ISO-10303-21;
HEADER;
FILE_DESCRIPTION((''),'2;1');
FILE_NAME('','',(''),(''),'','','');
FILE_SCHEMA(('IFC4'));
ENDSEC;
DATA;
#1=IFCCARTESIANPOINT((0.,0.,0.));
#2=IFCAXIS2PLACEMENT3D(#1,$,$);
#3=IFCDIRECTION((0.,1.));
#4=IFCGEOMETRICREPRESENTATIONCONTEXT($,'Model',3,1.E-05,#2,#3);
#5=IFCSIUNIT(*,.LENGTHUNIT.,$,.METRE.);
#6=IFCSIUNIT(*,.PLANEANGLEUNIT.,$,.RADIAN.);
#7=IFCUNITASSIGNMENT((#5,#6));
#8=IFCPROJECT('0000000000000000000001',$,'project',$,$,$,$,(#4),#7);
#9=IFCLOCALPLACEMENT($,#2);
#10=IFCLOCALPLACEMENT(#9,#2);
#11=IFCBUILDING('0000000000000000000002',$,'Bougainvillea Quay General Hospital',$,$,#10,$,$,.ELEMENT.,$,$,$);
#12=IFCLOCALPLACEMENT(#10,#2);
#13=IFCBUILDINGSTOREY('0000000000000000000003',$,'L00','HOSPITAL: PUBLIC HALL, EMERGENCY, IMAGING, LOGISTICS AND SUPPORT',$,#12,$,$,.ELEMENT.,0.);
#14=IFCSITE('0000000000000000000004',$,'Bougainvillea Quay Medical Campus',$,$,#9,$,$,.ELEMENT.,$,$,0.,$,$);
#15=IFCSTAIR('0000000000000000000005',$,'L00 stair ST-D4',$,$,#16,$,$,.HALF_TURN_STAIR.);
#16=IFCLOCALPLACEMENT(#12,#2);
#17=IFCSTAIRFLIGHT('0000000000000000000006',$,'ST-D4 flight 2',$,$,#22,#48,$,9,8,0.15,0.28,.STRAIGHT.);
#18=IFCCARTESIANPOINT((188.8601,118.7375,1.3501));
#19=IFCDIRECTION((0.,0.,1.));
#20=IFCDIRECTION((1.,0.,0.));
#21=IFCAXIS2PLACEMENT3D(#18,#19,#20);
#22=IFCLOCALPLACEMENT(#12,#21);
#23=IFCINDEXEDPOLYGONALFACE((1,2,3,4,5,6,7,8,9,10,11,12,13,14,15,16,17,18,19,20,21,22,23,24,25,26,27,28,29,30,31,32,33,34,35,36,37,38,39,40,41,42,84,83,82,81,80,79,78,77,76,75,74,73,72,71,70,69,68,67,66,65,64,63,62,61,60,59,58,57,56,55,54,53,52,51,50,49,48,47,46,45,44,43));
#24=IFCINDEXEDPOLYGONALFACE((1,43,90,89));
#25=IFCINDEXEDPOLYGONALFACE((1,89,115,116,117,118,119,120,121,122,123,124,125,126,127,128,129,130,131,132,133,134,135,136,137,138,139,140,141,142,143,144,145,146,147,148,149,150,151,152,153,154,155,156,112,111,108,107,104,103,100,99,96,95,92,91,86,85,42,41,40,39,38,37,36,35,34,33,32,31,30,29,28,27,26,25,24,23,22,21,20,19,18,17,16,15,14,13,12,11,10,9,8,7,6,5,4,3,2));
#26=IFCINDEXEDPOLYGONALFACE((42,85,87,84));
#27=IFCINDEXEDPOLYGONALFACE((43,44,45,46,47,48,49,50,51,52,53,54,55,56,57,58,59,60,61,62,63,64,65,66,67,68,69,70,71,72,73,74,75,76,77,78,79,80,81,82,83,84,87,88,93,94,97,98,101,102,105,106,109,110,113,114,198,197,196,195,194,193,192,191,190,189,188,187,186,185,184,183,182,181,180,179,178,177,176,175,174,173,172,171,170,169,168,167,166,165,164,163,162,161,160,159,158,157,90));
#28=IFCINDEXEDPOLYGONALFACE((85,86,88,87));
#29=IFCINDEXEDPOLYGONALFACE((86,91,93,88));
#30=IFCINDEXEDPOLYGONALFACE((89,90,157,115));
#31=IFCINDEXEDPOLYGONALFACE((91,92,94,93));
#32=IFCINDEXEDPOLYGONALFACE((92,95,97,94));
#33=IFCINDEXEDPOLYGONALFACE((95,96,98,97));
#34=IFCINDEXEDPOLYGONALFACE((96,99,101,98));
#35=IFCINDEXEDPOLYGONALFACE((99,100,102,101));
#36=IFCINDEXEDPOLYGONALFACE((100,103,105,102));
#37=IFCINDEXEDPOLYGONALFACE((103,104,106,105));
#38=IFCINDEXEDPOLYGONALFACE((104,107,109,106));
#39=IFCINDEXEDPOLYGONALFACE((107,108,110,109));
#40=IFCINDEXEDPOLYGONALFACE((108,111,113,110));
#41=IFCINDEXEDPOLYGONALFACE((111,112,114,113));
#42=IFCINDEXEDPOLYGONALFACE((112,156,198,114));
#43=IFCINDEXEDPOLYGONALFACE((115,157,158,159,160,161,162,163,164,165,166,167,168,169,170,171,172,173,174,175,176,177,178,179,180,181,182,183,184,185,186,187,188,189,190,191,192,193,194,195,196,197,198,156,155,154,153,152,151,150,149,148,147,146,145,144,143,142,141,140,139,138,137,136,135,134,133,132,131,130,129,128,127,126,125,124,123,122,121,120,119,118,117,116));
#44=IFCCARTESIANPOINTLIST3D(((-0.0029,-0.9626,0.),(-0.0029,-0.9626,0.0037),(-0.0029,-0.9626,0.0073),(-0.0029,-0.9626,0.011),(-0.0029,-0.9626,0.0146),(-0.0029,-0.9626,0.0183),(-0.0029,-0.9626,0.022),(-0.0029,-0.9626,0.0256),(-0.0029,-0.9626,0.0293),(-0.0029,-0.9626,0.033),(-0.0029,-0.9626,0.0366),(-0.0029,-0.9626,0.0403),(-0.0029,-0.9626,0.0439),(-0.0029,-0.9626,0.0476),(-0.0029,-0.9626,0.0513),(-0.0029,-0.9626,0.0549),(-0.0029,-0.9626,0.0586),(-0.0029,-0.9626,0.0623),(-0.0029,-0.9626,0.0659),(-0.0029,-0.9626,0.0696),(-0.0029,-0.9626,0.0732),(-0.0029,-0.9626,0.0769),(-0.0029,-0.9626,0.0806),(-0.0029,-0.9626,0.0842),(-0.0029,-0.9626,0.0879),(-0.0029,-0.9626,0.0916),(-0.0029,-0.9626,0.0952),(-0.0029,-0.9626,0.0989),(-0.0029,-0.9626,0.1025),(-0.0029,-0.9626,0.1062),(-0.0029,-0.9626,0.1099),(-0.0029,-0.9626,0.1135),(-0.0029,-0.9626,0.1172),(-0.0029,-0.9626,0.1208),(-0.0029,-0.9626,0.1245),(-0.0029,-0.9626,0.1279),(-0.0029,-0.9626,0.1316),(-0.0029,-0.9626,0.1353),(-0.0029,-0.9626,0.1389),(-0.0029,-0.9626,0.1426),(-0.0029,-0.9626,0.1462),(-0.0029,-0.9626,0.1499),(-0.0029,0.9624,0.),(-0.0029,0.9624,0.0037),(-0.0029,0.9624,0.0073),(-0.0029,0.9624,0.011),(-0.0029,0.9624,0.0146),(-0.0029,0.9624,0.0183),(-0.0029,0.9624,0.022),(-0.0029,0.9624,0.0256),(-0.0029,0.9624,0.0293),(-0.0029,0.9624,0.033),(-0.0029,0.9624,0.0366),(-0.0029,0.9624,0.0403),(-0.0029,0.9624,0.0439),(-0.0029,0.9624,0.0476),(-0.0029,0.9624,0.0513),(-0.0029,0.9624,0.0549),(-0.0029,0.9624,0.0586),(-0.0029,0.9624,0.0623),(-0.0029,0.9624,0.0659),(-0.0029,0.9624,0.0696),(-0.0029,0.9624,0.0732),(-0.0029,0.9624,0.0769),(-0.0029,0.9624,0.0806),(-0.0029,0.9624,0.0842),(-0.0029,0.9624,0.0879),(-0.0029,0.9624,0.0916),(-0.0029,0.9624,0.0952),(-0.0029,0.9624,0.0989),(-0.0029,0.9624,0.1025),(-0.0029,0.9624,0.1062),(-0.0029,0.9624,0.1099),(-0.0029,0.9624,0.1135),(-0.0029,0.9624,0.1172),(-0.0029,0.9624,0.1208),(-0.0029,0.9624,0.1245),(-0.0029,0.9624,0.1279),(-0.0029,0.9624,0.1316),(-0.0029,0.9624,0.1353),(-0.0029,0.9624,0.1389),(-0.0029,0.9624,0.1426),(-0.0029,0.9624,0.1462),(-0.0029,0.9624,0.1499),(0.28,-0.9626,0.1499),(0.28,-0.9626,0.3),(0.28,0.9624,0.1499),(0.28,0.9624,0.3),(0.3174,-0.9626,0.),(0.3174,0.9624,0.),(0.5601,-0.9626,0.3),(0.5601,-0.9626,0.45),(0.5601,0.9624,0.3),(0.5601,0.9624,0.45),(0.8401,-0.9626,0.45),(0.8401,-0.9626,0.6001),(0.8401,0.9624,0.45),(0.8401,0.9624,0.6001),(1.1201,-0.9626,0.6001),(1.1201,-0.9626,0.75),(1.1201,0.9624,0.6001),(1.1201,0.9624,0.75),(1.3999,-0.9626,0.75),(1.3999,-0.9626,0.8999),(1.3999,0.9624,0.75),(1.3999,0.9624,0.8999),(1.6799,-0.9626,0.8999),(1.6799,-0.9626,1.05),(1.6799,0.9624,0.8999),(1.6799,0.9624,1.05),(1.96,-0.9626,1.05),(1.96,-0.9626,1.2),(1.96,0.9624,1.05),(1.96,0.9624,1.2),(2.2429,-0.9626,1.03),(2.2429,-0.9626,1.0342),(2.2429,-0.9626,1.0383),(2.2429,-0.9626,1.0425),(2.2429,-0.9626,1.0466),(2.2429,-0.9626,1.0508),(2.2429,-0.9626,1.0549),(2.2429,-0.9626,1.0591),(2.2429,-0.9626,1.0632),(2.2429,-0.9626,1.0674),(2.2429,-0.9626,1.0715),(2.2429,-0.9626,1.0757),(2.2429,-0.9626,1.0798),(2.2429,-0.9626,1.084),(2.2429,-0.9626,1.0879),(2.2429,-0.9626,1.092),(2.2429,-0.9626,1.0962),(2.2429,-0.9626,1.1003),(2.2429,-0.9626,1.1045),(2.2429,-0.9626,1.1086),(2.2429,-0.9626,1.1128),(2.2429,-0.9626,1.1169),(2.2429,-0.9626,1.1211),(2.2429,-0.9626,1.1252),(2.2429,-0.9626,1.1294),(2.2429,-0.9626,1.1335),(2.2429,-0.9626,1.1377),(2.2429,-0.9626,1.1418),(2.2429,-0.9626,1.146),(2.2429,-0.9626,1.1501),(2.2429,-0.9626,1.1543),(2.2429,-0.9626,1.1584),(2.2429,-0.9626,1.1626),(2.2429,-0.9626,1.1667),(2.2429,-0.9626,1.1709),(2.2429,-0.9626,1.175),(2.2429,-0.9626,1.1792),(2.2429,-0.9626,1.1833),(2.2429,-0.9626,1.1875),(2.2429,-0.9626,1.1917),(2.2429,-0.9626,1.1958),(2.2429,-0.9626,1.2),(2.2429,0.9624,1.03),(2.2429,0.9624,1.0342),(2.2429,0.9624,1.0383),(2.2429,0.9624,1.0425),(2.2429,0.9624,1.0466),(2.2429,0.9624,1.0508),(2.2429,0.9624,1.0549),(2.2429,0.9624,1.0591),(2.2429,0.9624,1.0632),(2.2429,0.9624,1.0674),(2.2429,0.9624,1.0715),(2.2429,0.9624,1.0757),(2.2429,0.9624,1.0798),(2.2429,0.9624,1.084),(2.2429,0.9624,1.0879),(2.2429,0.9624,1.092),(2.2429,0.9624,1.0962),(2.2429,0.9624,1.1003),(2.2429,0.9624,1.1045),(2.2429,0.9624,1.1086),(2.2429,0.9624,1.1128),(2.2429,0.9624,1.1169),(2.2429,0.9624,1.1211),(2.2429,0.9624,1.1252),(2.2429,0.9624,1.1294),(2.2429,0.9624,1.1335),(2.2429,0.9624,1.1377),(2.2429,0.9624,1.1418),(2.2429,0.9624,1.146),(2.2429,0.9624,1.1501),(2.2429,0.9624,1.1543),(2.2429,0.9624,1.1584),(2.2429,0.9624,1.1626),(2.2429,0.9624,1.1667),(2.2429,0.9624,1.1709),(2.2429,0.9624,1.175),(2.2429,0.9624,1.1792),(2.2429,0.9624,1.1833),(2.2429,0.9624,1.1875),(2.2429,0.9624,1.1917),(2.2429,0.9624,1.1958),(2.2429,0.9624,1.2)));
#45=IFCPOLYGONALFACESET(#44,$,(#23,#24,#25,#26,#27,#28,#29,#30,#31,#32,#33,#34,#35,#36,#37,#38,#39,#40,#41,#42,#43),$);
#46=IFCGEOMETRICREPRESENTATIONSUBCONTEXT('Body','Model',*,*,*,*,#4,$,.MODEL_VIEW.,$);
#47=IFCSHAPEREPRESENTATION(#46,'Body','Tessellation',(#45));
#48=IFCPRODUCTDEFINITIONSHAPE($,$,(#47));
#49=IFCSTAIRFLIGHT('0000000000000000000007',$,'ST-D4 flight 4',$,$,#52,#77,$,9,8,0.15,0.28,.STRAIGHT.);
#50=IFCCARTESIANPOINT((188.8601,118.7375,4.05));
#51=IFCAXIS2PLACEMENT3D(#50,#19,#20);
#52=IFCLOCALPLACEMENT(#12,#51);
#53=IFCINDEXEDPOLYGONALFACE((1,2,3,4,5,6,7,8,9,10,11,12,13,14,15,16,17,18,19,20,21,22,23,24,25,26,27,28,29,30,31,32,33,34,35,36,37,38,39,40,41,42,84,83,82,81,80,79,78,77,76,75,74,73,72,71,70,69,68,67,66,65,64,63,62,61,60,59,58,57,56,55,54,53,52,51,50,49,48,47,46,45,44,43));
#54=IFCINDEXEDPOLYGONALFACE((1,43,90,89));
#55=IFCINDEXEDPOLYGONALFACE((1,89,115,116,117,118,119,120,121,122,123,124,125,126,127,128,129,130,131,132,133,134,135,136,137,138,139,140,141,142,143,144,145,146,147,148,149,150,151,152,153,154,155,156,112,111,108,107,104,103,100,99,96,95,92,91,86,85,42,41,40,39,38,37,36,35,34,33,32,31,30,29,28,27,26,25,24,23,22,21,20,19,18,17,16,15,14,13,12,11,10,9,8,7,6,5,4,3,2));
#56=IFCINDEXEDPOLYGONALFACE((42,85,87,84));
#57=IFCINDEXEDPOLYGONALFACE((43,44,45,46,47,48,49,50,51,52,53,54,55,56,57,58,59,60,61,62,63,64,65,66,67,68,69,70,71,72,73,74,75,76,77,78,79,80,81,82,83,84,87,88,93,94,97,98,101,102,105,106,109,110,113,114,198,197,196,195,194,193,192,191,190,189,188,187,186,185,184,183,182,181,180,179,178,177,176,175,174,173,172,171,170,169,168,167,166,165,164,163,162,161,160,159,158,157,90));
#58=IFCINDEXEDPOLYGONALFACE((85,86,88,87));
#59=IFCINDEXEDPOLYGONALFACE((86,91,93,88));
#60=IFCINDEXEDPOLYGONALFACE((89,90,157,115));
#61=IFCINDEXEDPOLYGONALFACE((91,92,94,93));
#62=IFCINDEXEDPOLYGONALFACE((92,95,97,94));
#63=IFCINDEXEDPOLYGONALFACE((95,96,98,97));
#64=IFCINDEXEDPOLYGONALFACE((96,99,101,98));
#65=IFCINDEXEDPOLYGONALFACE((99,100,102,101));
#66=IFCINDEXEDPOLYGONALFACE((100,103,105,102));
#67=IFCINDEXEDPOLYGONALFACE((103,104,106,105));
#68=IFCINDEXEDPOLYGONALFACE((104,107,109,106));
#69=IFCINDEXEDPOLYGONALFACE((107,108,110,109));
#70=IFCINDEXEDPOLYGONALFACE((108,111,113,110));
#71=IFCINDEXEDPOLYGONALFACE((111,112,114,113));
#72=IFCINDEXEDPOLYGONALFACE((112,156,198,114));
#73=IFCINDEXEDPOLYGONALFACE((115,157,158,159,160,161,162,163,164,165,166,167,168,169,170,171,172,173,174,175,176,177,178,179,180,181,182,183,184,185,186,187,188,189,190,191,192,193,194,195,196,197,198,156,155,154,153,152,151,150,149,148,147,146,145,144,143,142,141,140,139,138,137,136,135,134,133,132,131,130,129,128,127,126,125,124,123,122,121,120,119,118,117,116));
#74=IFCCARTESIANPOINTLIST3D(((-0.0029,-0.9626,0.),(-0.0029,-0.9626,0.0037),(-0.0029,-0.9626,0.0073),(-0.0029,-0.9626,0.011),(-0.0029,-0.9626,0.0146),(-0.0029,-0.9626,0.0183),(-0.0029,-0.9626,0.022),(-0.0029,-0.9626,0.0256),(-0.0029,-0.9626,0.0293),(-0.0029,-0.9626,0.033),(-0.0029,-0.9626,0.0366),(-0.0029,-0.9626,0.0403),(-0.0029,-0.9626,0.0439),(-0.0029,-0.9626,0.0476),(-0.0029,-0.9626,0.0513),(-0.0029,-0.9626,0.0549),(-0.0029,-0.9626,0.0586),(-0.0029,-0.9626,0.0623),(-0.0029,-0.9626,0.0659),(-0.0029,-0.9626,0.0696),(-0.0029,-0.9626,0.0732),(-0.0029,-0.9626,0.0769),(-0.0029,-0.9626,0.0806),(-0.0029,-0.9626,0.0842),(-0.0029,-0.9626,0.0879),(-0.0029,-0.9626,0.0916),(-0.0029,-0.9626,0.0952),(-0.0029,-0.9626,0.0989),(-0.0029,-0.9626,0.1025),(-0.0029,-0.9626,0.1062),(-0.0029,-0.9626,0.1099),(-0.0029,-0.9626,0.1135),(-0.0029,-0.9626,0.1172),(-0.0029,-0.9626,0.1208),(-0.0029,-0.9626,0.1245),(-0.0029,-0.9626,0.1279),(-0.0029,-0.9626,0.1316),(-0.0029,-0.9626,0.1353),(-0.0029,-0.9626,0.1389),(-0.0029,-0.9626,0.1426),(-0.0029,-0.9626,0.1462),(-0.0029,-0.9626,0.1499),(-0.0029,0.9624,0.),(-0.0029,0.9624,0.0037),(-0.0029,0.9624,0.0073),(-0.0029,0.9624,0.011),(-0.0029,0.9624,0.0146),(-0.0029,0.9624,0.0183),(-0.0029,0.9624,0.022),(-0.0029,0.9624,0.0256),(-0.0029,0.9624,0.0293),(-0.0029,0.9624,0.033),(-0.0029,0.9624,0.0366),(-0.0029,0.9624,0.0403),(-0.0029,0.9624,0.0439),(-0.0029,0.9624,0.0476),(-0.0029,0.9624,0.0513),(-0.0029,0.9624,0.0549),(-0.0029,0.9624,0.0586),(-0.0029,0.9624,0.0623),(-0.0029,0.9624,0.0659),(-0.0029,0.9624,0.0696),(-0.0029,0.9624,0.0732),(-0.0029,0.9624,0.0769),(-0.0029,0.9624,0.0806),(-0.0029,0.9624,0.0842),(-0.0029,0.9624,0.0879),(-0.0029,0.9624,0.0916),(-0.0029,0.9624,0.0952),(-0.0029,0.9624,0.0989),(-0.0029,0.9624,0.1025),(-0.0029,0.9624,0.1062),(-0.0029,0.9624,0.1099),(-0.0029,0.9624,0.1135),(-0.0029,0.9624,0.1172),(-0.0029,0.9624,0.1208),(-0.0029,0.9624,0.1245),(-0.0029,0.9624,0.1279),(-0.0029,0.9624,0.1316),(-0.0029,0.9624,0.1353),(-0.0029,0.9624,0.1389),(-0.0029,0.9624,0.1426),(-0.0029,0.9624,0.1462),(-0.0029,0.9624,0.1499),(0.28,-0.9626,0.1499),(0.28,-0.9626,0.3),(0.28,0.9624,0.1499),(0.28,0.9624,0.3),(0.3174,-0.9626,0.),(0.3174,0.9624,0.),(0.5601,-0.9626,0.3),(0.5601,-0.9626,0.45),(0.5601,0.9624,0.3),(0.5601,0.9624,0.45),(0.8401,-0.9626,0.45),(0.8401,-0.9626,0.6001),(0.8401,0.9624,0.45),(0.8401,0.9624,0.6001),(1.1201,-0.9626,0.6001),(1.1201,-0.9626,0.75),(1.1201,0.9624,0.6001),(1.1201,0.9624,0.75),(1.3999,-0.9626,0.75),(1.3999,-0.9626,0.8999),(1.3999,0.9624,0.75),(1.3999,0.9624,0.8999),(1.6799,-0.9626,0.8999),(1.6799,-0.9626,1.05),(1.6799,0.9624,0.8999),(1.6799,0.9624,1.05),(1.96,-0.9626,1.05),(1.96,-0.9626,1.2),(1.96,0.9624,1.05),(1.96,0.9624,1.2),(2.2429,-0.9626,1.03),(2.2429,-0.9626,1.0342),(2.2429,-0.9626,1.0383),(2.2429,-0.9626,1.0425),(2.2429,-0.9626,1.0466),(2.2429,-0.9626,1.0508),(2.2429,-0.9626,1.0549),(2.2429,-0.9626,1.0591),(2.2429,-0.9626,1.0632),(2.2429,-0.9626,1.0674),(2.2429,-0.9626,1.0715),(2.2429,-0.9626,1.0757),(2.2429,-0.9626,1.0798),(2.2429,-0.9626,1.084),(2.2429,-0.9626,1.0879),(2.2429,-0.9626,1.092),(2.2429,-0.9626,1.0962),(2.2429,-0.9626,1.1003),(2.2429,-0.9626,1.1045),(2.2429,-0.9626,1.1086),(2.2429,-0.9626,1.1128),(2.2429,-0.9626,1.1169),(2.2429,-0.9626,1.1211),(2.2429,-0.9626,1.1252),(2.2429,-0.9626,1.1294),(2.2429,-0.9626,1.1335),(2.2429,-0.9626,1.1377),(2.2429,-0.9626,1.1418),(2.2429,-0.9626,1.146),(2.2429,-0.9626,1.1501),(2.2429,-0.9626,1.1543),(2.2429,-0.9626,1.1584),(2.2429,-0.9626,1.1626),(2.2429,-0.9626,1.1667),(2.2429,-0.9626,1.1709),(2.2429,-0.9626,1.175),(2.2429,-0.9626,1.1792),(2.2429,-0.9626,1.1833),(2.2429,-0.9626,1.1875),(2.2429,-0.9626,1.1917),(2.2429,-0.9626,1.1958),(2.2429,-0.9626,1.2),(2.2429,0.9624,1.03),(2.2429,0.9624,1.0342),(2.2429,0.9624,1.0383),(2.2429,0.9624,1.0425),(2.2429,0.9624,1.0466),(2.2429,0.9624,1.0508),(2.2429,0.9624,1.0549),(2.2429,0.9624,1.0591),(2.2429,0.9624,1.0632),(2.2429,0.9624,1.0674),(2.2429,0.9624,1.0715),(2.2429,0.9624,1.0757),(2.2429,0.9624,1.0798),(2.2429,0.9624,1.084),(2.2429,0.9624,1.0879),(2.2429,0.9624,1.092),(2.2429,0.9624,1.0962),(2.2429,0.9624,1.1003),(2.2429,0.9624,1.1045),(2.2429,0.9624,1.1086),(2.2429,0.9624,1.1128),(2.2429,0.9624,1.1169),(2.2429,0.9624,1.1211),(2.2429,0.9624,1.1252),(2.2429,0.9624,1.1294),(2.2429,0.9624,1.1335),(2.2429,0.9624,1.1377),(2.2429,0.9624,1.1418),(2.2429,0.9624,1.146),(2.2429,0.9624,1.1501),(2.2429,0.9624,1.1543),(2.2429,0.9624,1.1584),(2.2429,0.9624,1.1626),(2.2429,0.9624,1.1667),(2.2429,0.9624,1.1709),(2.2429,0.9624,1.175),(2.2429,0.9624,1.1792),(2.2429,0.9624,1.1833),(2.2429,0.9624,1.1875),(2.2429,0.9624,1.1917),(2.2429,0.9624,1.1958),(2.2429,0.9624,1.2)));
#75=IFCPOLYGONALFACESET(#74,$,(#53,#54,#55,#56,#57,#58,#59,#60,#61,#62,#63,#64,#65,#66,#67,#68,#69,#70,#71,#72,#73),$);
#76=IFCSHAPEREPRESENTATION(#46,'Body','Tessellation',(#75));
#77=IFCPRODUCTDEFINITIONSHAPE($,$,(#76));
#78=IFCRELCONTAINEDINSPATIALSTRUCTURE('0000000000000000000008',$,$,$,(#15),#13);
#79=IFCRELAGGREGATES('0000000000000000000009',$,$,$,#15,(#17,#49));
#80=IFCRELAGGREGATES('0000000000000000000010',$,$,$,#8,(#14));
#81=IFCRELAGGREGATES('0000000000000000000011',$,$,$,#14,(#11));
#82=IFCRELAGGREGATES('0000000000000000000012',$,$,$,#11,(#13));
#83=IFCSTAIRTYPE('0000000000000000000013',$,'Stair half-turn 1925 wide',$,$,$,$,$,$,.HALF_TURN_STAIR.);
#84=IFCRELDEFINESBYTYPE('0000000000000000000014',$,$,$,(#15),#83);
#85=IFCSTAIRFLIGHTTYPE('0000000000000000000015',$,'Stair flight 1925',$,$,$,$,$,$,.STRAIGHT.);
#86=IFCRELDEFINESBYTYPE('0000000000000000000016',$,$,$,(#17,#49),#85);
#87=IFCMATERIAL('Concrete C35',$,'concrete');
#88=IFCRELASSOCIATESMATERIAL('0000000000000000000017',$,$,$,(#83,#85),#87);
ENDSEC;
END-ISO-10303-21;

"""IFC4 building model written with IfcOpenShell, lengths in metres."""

from ifc_helpers import new_model, si_unit, direction, frame, origin, place, context, subcontext, project, spatial, polyline, outline, extrude, material, type_object, element, aggregate, save


model = new_model("IFC4")

# Units and contexts
model_context = context("Model", 3, precision=1e-05, world=origin(), true_north=direction((0.0, 1.0)))
body_context = subcontext(model_context, "Body", "Model", "MODEL_VIEW")
ifc_project = project(units=[si_unit("LENGTHUNIT", "METRE"), si_unit("PLANEANGLEUNIT", "RADIAN")], contexts=[model_context])

# Site, building, storey
site_placement = place(None, origin())
site = spatial("IfcSite", under=ifc_project, at=site_placement, Name="Bougainvillea Quay Medical Campus", CompositionType="ELEMENT", RefElevation=0.0)
building_placement = place(site_placement, origin())
building = spatial("IfcBuilding", under=site, at=building_placement, Name="Bougainvillea Quay General Hospital", CompositionType="ELEMENT")
storey_placement = place(building_placement, origin())
storey = spatial("IfcBuildingStorey", under=building, at=storey_placement, Name="L00", Description="HOSPITAL: PUBLIC HALL, EMERGENCY, IMAGING, LOGISTICS AND SUPPORT", CompositionType="ELEMENT", Elevation=0.0)

# Stair, stair flights
ifc_material_1 = material(Name="Concrete C35", Category="concrete")
stair_type = type_object("IfcStairType", Name="Stair half-turn 1925 wide", PredefinedType="HALF_TURN_STAIR", material=ifc_material_1)
stair_placement = place(storey_placement, origin())
stair = element("IfcStair", 1, at=stair_placement, inside=storey, type_object=stair_type, Name="L00 stair ST-D4", PredefinedType="HALF_TURN_STAIR")
stair_flight_type = type_object("IfcStairFlightType", Name="Stair flight 1925", PredefinedType="STRAIGHT", material=ifc_material_1)
stair_flight_1_placement = place(storey_placement, frame((188.8601, 118.7375, 1.3501), z_axis=(0.0, 0.0, 1.0), x_axis=(1.0, 0.0, 0.0)))
stair_flight_1 = element("IfcStairFlight", 2, at=stair_flight_1_placement, type_object=stair_flight_type, Name="ST-D4 flight 2", NumberOfRisers=9, NumberOfTreads=8, PredefinedType="STRAIGHT", RiserHeight=0.15, TreadLength=0.28, context=body_context, shape_type="SweptSolid", body=[
    extrude(outline(polyline([(-0.0029, 0.0), (-0.0029, 0.0037), (-0.0029, 0.0073), (-0.0029, 0.011), (-0.0029, 0.0146), (-0.0029, 0.0183), (-0.0029, 0.022), (-0.0029, 0.0256), (-0.0029, 0.0293), (-0.0029, 0.033), (-0.0029, 0.0366), (-0.0029, 0.0403), (-0.0029, 0.0439), (-0.0029, 0.0476), (-0.0029, 0.0513), (-0.0029, 0.0549), (-0.0029, 0.0586), (-0.0029, 0.0623), (-0.0029, 0.0659), (-0.0029, 0.0696), (-0.0029, 0.0732), (-0.0029, 0.0769), (-0.0029, 0.0806), (-0.0029, 0.0842), (-0.0029, 0.0879), (-0.0029, 0.0916), (-0.0029, 0.0952), (-0.0029, 0.0989), (-0.0029, 0.1025), (-0.0029, 0.1062), (-0.0029, 0.1099), (-0.0029, 0.1135), (-0.0029, 0.1172), (-0.0029, 0.1208), (-0.0029, 0.1245), (-0.0029, 0.1279), (-0.0029, 0.1316), (-0.0029, 0.1353), (-0.0029, 0.1389), (-0.0029, 0.1426), (-0.0029, 0.1462), (-0.0029, 0.1499), (0.28, 0.1499), (0.28, 0.3), (0.5601, 0.3), (0.5601, 0.45), (0.8401, 0.45), (0.8401, 0.6001), (1.1201, 0.6001), (1.1201, 0.75), (1.3999, 0.75), (1.3999, 0.8999), (1.6799, 0.8999), (1.6799, 1.05), (1.96, 1.05), (1.96, 1.2), (2.2429, 1.2), (2.2429, 1.1958), (2.2429, 1.1917), (2.2429, 1.1875), (2.2429, 1.1833), (2.2429, 1.1792), (2.2429, 1.175), (2.2429, 1.1709), (2.2429, 1.1667), (2.2429, 1.1626), (2.2429, 1.1584), (2.2429, 1.1543), (2.2429, 1.1501), (2.2429, 1.146), (2.2429, 1.1418), (2.2429, 1.1377), (2.2429, 1.1335), (2.2429, 1.1294), (2.2429, 1.1252), (2.2429, 1.1211), (2.2429, 1.1169), (2.2429, 1.1128), (2.2429, 1.1086), (2.2429, 1.1045), (2.2429, 1.1003), (2.2429, 1.0962), (2.2429, 1.092), (2.2429, 1.0879), (2.2429, 1.084), (2.2429, 1.0798), (2.2429, 1.0757), (2.2429, 1.0715), (2.2429, 1.0674), (2.2429, 1.0632), (2.2429, 1.0591), (2.2429, 1.0549), (2.2429, 1.0508), (2.2429, 1.0466), (2.2429, 1.0425), (2.2429, 1.0383), (2.2429, 1.0342), (2.2429, 1.03), (0.3174, 0.0), (-0.0029, 0.0)])), frame((0.0, 0.9624, 0.0), z_axis=(0.0, -1.0, 0.0), x_axis=(1.0, 0.0, 0.0)), (0.0, 0.0, 1.0), 1.925),
])
stair_flight_2_placement = place(storey_placement, frame((188.8601, 118.7375, 4.05), z_axis=(0.0, 0.0, 1.0), x_axis=(1.0, 0.0, 0.0)))
stair_flight_2 = element("IfcStairFlight", 3, at=stair_flight_2_placement, type_object=stair_flight_type, Name="ST-D4 flight 4", NumberOfRisers=9, NumberOfTreads=8, PredefinedType="STRAIGHT", RiserHeight=0.15, TreadLength=0.28, context=body_context, shape_type="SweptSolid", body=[
    extrude(outline(polyline([(-0.0029, 0.0), (-0.0029, 0.0037), (-0.0029, 0.0073), (-0.0029, 0.011), (-0.0029, 0.0146), (-0.0029, 0.0183), (-0.0029, 0.022), (-0.0029, 0.0256), (-0.0029, 0.0293), (-0.0029, 0.033), (-0.0029, 0.0366), (-0.0029, 0.0403), (-0.0029, 0.0439), (-0.0029, 0.0476), (-0.0029, 0.0513), (-0.0029, 0.0549), (-0.0029, 0.0586), (-0.0029, 0.0623), (-0.0029, 0.0659), (-0.0029, 0.0696), (-0.0029, 0.0732), (-0.0029, 0.0769), (-0.0029, 0.0806), (-0.0029, 0.0842), (-0.0029, 0.0879), (-0.0029, 0.0916), (-0.0029, 0.0952), (-0.0029, 0.0989), (-0.0029, 0.1025), (-0.0029, 0.1062), (-0.0029, 0.1099), (-0.0029, 0.1135), (-0.0029, 0.1172), (-0.0029, 0.1208), (-0.0029, 0.1245), (-0.0029, 0.1279), (-0.0029, 0.1316), (-0.0029, 0.1353), (-0.0029, 0.1389), (-0.0029, 0.1426), (-0.0029, 0.1462), (-0.0029, 0.1499), (0.28, 0.1499), (0.28, 0.3), (0.5601, 0.3), (0.5601, 0.45), (0.8401, 0.45), (0.8401, 0.6001), (1.1201, 0.6001), (1.1201, 0.75), (1.3999, 0.75), (1.3999, 0.8999), (1.6799, 0.8999), (1.6799, 1.05), (1.96, 1.05), (1.96, 1.2), (2.2429, 1.2), (2.2429, 1.1958), (2.2429, 1.1917), (2.2429, 1.1875), (2.2429, 1.1833), (2.2429, 1.1792), (2.2429, 1.175), (2.2429, 1.1709), (2.2429, 1.1667), (2.2429, 1.1626), (2.2429, 1.1584), (2.2429, 1.1543), (2.2429, 1.1501), (2.2429, 1.146), (2.2429, 1.1418), (2.2429, 1.1377), (2.2429, 1.1335), (2.2429, 1.1294), (2.2429, 1.1252), (2.2429, 1.1211), (2.2429, 1.1169), (2.2429, 1.1128), (2.2429, 1.1086), (2.2429, 1.1045), (2.2429, 1.1003), (2.2429, 1.0962), (2.2429, 1.092), (2.2429, 1.0879), (2.2429, 1.084), (2.2429, 1.0798), (2.2429, 1.0757), (2.2429, 1.0715), (2.2429, 1.0674), (2.2429, 1.0632), (2.2429, 1.0591), (2.2429, 1.0549), (2.2429, 1.0508), (2.2429, 1.0466), (2.2429, 1.0425), (2.2429, 1.0383), (2.2429, 1.0342), (2.2429, 1.03), (0.3174, 0.0), (-0.0029, 0.0)])), frame((0.0, 0.9624, 0.0), z_axis=(0.0, -1.0, 0.0), x_axis=(1.0, 0.0, 0.0)), (0.0, 0.0, 1.0), 1.925),
])
aggregate(stair, [stair_flight_1, stair_flight_2])

save(model, "model.ifc")
